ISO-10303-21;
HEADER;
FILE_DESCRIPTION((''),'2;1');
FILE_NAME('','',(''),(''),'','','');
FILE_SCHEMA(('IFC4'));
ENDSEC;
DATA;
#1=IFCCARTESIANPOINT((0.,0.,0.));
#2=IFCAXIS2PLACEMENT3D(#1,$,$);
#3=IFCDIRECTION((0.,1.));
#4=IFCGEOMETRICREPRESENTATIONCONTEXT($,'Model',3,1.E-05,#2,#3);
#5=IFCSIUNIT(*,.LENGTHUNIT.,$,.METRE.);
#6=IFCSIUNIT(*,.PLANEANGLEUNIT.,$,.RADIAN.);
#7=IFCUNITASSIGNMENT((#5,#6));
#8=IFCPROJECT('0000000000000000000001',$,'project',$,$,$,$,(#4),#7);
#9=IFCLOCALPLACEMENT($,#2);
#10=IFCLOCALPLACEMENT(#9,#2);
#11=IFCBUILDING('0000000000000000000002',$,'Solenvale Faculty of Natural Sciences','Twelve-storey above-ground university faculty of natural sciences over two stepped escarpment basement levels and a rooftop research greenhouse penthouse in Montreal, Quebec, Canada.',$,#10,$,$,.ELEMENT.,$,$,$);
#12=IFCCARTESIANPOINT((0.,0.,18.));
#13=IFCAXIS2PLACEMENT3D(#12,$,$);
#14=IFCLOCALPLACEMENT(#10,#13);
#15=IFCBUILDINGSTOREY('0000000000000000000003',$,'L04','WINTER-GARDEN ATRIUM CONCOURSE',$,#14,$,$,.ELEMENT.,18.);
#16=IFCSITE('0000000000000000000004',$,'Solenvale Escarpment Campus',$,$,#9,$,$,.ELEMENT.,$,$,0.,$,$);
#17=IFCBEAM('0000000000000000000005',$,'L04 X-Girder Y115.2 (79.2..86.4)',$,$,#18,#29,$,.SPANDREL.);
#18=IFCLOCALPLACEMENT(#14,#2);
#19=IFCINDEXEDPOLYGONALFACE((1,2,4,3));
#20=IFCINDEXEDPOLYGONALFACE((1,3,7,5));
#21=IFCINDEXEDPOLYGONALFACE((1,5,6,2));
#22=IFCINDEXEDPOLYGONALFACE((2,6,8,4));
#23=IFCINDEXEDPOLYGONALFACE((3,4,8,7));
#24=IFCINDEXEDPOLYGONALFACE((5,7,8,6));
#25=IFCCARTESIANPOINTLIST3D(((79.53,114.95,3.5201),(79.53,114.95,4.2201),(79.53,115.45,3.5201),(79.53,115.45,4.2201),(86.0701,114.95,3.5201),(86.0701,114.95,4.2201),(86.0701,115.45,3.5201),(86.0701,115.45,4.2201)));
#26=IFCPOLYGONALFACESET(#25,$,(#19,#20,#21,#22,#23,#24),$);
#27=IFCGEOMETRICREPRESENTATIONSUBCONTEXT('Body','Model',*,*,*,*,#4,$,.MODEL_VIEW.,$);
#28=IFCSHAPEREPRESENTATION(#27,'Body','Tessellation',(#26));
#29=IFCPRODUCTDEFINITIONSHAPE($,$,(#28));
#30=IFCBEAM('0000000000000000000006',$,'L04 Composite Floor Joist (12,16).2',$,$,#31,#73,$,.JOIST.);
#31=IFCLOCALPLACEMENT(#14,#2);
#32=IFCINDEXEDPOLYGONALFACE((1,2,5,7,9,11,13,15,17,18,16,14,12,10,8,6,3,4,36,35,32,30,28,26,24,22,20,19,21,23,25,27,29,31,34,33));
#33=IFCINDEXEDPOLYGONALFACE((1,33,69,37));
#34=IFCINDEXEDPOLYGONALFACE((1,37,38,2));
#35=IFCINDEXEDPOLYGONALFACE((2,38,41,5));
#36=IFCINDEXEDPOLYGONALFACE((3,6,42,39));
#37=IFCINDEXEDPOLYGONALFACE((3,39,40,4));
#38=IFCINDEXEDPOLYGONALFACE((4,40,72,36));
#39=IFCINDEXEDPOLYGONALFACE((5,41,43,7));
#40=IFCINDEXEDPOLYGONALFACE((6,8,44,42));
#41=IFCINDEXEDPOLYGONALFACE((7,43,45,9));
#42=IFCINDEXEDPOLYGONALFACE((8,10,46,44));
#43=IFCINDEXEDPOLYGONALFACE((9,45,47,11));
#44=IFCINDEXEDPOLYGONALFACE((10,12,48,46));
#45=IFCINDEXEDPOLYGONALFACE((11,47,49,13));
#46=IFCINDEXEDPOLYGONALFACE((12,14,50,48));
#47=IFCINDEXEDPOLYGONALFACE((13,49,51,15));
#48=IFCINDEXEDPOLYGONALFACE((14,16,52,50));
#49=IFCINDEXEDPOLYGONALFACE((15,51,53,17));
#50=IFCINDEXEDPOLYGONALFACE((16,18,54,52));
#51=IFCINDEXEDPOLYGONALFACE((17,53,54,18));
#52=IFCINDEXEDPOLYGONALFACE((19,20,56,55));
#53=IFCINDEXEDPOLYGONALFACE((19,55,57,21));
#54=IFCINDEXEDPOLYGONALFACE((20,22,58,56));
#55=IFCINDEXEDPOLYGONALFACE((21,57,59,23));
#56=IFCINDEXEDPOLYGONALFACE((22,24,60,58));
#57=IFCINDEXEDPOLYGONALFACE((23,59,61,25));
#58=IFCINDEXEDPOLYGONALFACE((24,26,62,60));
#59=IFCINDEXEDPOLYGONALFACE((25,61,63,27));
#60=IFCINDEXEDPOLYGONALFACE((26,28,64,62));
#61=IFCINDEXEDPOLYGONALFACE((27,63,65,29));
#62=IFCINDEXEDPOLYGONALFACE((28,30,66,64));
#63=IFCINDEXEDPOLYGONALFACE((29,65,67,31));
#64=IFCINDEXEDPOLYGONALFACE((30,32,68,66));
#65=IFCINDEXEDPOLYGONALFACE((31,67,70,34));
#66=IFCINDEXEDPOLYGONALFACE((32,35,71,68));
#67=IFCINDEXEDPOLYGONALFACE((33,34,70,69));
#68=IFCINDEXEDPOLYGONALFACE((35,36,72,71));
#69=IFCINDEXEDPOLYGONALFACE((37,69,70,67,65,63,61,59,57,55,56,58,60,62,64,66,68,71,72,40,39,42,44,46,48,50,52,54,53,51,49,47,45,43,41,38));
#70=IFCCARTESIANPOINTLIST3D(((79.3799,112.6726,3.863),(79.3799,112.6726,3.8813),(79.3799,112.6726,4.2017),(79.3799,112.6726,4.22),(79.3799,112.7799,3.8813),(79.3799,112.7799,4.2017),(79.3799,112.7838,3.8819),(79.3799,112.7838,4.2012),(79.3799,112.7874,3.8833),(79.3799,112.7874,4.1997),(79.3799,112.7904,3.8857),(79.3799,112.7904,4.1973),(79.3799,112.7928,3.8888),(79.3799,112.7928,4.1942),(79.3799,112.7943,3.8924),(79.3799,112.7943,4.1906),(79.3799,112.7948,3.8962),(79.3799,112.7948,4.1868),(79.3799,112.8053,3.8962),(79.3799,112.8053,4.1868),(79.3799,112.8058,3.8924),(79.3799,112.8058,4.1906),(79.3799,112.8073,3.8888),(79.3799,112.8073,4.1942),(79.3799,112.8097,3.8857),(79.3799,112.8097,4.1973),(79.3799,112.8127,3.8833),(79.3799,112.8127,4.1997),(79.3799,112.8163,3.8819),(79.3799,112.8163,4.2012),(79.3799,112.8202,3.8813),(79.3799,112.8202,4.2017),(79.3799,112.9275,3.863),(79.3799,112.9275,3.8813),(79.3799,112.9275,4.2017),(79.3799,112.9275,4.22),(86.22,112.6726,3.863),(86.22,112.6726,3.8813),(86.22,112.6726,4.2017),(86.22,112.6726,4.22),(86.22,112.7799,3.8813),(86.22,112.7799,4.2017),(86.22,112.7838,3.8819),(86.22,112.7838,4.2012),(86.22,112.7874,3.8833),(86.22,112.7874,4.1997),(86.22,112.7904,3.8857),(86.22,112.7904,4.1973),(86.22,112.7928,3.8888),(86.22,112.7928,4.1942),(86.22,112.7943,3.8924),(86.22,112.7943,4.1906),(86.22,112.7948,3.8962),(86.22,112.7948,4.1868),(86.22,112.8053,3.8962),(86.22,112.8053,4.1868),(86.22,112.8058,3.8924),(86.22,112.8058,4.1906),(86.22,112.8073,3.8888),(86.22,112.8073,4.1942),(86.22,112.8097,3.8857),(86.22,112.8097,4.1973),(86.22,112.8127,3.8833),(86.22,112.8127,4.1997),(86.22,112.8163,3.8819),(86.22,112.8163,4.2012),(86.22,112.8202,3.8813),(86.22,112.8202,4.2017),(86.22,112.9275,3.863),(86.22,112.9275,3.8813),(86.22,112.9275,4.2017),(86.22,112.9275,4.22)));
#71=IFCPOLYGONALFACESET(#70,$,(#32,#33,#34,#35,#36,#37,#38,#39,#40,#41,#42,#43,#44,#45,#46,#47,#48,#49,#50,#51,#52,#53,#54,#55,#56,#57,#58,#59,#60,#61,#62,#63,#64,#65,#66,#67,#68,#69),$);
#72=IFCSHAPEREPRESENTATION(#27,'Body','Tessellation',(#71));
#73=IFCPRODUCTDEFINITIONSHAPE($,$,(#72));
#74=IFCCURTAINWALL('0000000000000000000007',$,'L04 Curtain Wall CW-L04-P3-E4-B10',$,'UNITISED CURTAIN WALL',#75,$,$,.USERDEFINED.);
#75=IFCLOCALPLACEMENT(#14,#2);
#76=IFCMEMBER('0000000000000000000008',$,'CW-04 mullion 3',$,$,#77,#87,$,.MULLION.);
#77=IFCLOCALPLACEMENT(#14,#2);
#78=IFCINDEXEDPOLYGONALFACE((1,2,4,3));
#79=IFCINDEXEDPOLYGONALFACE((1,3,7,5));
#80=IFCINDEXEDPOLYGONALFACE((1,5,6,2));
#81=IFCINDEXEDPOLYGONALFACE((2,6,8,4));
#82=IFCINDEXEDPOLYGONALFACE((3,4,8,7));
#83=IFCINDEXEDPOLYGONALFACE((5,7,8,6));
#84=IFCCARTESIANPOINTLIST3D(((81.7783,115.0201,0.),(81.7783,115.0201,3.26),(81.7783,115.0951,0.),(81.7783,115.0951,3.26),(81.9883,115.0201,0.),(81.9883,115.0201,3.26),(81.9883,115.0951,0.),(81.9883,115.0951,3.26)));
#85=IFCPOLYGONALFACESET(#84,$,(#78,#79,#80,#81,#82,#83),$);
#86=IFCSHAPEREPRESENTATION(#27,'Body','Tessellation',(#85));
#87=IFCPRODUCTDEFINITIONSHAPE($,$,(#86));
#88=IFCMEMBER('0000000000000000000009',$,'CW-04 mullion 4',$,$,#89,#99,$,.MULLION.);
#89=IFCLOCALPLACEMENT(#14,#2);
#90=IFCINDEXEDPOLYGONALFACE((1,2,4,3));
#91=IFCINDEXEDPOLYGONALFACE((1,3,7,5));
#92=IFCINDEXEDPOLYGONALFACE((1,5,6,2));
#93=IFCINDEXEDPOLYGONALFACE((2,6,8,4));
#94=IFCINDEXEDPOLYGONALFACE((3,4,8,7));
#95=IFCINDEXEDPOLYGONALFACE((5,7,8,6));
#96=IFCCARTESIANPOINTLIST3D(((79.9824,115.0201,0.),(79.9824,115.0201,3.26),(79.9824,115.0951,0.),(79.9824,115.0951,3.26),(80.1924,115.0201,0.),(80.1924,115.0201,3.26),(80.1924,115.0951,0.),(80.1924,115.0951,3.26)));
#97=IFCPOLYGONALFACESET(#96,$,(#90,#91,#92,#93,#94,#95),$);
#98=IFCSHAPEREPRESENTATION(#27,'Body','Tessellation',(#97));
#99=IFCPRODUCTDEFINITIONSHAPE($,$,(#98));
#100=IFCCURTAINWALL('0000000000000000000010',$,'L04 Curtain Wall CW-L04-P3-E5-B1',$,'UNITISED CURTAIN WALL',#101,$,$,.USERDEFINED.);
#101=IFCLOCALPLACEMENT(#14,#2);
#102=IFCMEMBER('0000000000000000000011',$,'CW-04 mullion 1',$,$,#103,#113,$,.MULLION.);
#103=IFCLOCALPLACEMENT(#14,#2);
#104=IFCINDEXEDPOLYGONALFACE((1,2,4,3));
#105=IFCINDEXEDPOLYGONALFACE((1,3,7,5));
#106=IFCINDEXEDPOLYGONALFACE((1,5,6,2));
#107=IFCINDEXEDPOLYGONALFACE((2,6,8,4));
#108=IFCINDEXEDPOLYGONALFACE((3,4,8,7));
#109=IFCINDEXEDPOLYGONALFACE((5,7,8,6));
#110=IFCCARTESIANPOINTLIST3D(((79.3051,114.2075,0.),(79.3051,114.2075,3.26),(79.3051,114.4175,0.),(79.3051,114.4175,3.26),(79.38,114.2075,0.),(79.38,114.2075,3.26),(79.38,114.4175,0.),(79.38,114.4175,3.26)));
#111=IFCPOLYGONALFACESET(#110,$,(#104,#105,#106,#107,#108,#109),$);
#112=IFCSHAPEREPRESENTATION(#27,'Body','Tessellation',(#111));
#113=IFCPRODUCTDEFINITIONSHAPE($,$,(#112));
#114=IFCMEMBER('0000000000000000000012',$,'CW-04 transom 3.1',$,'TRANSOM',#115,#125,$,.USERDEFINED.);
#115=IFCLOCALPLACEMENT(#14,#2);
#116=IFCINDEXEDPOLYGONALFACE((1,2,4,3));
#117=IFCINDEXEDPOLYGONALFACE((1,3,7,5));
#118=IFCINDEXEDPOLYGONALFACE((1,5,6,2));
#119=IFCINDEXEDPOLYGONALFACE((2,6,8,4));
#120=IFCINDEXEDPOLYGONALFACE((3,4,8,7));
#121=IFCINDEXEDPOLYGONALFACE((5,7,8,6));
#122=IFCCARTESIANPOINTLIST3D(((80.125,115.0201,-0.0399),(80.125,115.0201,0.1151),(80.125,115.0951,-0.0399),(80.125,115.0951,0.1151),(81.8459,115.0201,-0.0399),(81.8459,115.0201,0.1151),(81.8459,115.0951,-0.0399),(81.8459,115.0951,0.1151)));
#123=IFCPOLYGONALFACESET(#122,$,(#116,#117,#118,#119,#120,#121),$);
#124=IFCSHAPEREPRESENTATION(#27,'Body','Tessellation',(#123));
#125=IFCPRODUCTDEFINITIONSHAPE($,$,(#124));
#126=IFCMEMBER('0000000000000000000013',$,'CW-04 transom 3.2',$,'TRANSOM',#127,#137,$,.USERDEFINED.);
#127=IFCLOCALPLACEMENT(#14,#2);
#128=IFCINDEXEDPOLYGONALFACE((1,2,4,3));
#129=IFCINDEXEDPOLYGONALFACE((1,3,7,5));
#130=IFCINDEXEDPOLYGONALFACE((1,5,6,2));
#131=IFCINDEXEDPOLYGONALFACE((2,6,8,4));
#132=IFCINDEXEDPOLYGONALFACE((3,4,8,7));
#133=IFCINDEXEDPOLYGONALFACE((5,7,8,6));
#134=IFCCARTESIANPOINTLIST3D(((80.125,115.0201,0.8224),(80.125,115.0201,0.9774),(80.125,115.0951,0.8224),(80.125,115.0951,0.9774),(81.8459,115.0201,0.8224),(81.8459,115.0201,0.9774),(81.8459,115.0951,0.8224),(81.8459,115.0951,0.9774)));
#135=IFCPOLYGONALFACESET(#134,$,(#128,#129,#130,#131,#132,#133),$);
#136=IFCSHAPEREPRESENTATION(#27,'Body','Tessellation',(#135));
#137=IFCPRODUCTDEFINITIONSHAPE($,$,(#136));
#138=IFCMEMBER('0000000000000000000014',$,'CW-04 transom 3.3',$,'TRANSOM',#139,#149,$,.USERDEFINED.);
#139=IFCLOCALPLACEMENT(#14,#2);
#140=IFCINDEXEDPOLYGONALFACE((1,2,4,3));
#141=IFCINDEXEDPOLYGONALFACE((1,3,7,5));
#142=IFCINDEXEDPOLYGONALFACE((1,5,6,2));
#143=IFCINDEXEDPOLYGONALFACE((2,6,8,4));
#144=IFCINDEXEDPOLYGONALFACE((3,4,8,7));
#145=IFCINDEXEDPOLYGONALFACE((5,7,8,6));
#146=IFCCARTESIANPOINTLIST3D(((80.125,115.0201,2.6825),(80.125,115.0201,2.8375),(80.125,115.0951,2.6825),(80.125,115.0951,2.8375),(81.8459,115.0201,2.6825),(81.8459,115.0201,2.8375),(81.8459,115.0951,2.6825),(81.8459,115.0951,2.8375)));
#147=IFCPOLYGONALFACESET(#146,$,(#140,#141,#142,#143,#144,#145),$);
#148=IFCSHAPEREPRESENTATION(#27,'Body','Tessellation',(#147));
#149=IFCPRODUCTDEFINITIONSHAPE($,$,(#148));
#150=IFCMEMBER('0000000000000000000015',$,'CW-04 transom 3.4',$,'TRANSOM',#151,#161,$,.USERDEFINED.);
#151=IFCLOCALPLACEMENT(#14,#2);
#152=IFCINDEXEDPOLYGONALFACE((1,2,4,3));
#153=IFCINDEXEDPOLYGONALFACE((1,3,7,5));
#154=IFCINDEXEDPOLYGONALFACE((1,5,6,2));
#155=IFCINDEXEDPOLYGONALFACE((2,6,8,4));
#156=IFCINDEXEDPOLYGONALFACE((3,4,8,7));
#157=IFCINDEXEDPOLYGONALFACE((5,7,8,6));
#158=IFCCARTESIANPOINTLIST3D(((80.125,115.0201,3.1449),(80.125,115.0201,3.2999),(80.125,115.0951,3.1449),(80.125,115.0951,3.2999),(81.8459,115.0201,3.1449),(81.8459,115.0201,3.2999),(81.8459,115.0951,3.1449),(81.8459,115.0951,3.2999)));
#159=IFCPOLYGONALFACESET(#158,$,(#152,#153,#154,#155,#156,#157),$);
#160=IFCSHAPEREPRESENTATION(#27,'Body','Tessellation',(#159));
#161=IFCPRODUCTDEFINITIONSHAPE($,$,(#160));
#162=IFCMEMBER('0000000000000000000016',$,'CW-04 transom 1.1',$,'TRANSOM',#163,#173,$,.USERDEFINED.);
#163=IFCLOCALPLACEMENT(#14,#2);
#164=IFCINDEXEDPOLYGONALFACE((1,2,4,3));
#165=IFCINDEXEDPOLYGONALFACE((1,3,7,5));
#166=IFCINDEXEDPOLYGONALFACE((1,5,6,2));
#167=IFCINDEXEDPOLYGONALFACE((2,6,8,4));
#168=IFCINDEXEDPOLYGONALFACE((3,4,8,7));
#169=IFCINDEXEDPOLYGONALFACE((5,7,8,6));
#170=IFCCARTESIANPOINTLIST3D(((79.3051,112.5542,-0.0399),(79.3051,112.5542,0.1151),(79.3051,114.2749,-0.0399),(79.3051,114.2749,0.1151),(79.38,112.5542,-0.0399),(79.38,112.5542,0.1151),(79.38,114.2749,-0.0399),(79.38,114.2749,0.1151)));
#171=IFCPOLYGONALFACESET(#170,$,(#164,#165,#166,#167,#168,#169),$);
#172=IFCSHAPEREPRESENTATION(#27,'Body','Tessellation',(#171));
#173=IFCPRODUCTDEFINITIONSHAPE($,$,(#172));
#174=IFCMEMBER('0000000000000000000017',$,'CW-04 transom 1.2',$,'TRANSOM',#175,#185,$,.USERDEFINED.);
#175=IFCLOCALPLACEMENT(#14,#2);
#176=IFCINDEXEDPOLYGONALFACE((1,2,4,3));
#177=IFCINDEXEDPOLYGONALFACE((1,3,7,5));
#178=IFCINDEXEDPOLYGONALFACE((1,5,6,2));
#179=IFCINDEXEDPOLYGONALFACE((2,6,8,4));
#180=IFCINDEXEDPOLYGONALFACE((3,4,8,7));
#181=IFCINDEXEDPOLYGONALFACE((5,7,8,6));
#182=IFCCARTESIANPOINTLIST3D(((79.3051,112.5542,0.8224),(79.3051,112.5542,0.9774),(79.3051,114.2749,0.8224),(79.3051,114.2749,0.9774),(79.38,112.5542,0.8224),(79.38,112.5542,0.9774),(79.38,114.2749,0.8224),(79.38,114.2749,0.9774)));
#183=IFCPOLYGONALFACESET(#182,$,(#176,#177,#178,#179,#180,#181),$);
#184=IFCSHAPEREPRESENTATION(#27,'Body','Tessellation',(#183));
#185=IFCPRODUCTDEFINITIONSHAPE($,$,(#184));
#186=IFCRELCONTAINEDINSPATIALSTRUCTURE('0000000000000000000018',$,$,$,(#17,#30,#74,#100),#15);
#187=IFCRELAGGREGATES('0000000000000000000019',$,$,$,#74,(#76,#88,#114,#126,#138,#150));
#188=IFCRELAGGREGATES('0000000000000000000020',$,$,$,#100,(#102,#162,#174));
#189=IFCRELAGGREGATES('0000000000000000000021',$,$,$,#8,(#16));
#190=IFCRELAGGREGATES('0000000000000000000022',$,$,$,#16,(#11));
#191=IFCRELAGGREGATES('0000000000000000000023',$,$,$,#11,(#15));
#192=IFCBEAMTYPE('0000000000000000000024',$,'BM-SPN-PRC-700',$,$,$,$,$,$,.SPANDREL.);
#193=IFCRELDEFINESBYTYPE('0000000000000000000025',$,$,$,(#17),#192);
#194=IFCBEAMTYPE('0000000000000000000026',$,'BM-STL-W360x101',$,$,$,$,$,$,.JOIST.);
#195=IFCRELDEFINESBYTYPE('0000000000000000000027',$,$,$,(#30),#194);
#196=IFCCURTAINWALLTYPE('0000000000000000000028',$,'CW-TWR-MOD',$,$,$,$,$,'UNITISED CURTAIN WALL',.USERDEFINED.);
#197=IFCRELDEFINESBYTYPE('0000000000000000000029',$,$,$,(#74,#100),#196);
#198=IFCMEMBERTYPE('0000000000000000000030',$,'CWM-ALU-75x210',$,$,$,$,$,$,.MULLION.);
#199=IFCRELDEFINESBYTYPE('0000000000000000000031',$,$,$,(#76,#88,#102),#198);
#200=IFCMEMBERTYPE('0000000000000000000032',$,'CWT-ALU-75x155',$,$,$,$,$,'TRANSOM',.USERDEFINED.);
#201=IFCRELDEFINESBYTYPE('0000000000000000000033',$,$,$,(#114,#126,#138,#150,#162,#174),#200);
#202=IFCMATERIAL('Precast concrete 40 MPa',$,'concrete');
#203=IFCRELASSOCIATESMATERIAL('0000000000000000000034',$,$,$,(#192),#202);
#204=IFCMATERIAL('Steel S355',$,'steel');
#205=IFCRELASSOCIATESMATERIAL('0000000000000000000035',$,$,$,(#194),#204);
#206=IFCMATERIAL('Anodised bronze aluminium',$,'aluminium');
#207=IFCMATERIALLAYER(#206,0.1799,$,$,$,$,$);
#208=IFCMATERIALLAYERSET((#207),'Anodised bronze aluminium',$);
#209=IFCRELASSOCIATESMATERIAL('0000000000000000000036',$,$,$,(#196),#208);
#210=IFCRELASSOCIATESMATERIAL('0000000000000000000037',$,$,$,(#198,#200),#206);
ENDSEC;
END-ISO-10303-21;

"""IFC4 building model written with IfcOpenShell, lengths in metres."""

from ifc_helpers import new_model, si_unit, direction, frame, origin, origin_2d, place, context, subcontext, project, spatial, rectangle, i_section, extrude, material, layer, layer_set, material_profile, profile_set, type_object, element, aggregate, save


model = new_model("IFC4")

# Units and contexts
model_context = context("Model", 3, precision=1e-05, world=origin(), true_north=direction((0.0, 1.0)))
body_context = subcontext(model_context, "Body", "Model", "MODEL_VIEW")
ifc_project = project(units=[si_unit("LENGTHUNIT", "METRE"), si_unit("PLANEANGLEUNIT", "RADIAN")], contexts=[model_context])

# Site, building, storey
site_placement = place(None, origin())
site = spatial("IfcSite", under=ifc_project, at=site_placement, Name="Solenvale Escarpment Campus", CompositionType="ELEMENT", RefElevation=0.0)
building_placement = place(site_placement, origin())
building = spatial("IfcBuilding", under=site, at=building_placement, Name="Solenvale Faculty of Natural Sciences", Description="Twelve-storey above-ground university faculty of natural sciences over two stepped escarpment basement levels and a rooftop research greenhouse penthouse in Montreal, Quebec, Canada.", CompositionType="ELEMENT")
storey_placement = place(building_placement, frame((0.0, 0.0, 18.0)))
storey = spatial("IfcBuildingStorey", under=building, at=storey_placement, Name="L04", Description="WINTER-GARDEN ATRIUM CONCOURSE", CompositionType="ELEMENT", Elevation=18.0)

# Beams
ifc_material_1 = material(Name="Precast concrete 40 MPa", Category="concrete")
ifc_material_profile_1 = material_profile(ifc_material_1, rectangle(XDim=0.5, YDim=0.7, at=origin_2d()), Name="RC-BM-500x700")
ifc_profile_set_1 = profile_set([ifc_material_profile_1], Name="Precast concrete 40 MPa")
beam_type_1 = type_object("IfcBeamType", Name="BM-SPN-PRC-700", PredefinedType="SPANDREL", material=ifc_profile_set_1)
beam_1_placement = place(storey_placement, frame((79.53, 115.2, 3.8701), z_axis=(1.0, 0.0, 0.0), x_axis=(0.0, 1.0, 0.0)))
element("IfcBeam", 1, at=beam_1_placement, inside=storey, type_object=beam_type_1, Name="L04 X-Girder Y115.2 (79.2..86.4)", PredefinedType="SPANDREL", context=body_context, shape_type="SweptSolid", body=[
    extrude(rectangle(XDim=0.5, YDim=0.7, at=origin_2d()), origin(), (0.0, 0.0, 1.0), 6.54),
])
ifc_material_2 = material(Name="Steel S355", Category="steel")
ifc_material_profile_2 = material_profile(ifc_material_2, i_section(OverallWidth=0.2549, OverallDepth=0.3569, WebThickness=0.0105, FlangeThickness=0.0183, FilletRadius=0.0149, at=origin_2d()), Name="W360x101")
ifc_profile_set_2 = profile_set([ifc_material_profile_2], Name="Steel S355")
beam_type_2 = type_object("IfcBeamType", Name="BM-STL-W360x101", PredefinedType="JOIST", material=ifc_profile_set_2)
beam_2_placement = place(storey_placement, frame((79.3799, 112.8, 4.0415), z_axis=(1.0, 0.0, 0.0), x_axis=(0.0, 1.0, 0.0)))
element("IfcBeam", 2, at=beam_2_placement, inside=storey, type_object=beam_type_2, Name="L04 Composite Floor Joist (12,16).2", PredefinedType="JOIST", context=body_context, shape_type="SweptSolid", body=[
    extrude(i_section(OverallWidth=0.2549, OverallDepth=0.3569, WebThickness=0.0105, FlangeThickness=0.0183, FilletRadius=0.0149, at=origin_2d()), origin(), (0.0, 0.0, 1.0), 6.8401),
])

# Curtain wall, members
ifc_material_3 = material(Name="Anodised bronze aluminium", Category="aluminium")
ifc_layer_1 = layer(ifc_material_3, 0.1799)
ifc_layer_set_1 = layer_set([ifc_layer_1], Name="Anodised bronze aluminium")
curtain_wall_type = type_object("IfcCurtainWallType", Name="CW-TWR-MOD", ElementType="UNITISED CURTAIN WALL", PredefinedType="USERDEFINED", material=ifc_layer_set_1)
curtain_wall_1_placement = place(storey_placement, origin())
curtain_wall_1 = element("IfcCurtainWall", 3, at=curtain_wall_1_placement, inside=storey, type_object=curtain_wall_type, Name="L04 Curtain Wall CW-L04-P3-E4-B10", ObjectType="UNITISED CURTAIN WALL", PredefinedType="USERDEFINED")
ifc_material_profile_3 = material_profile(ifc_material_3, rectangle(XDim=0.075, YDim=0.21, at=origin_2d()), Name="ALU-MUL-75x210")
ifc_profile_set_3 = profile_set([ifc_material_profile_3], Name="Anodised bronze aluminium")
member_type_1 = type_object("IfcMemberType", Name="CWM-ALU-75x210", PredefinedType="MULLION", material=ifc_profile_set_3)
member_1_placement = place(storey_placement, frame((81.8833, 115.0576, 0.0), z_axis=(0.0, 0.0, 1.0), x_axis=(0.0, -1.0, 0.0)))
member_1 = element("IfcMember", 4, at=member_1_placement, type_object=member_type_1, Name="CW-04 mullion 3", PredefinedType="MULLION", context=body_context, shape_type="SweptSolid", body=[
    extrude(rectangle(XDim=0.075, YDim=0.21, at=origin_2d()), origin(), (0.0, 0.0, 1.0), 3.26),
])
member_2_placement = place(storey_placement, frame((80.0874, 115.0576, 0.0), z_axis=(0.0, 0.0, 1.0), x_axis=(0.0, -1.0, 0.0)))
member_2 = element("IfcMember", 5, at=member_2_placement, type_object=member_type_1, Name="CW-04 mullion 4", PredefinedType="MULLION", context=body_context, shape_type="SweptSolid", body=[
    extrude(rectangle(XDim=0.075, YDim=0.21, at=origin_2d()), origin(), (0.0, 0.0, 1.0), 3.26),
])

# Curtain wall, member
curtain_wall_2_placement = place(storey_placement, origin())
curtain_wall_2 = element("IfcCurtainWall", 6, at=curtain_wall_2_placement, inside=storey, type_object=curtain_wall_type, Name="L04 Curtain Wall CW-L04-P3-E5-B1", ObjectType="UNITISED CURTAIN WALL", PredefinedType="USERDEFINED")
member_3_placement = place(storey_placement, frame((79.3425, 114.3125, 0.0), z_axis=(0.0, 0.0, 1.0), x_axis=(1.0, 0.0, 0.0)))
member_3 = element("IfcMember", 7, at=member_3_placement, type_object=member_type_1, Name="CW-04 mullion 1", PredefinedType="MULLION", context=body_context, shape_type="SweptSolid", body=[
    extrude(rectangle(XDim=0.075, YDim=0.21, at=origin_2d()), origin(), (0.0, 0.0, 1.0), 3.26),
])

# Members
ifc_material_profile_4 = material_profile(ifc_material_3, rectangle(XDim=0.075, YDim=0.155, at=origin_2d()), Name="ALU-TRN-75x155")
ifc_profile_set_4 = profile_set([ifc_material_profile_4], Name="Anodised bronze aluminium")
member_type_2 = type_object("IfcMemberType", Name="CWT-ALU-75x155", ElementType="TRANSOM", PredefinedType="USERDEFINED", material=ifc_profile_set_4)
member_4_placement = place(storey_placement, frame((81.8459, 115.0576, 0.0376), z_axis=(-1.0, 0.0, 0.0), x_axis=(0.0, -1.0, 0.0)))
member_4 = element("IfcMember", 8, at=member_4_placement, type_object=member_type_2, Name="CW-04 transom 3.1", ObjectType="TRANSOM", PredefinedType="USERDEFINED", context=body_context, shape_type="SweptSolid", body=[
    extrude(rectangle(XDim=0.075, YDim=0.155, at=origin_2d()), origin(), (0.0, 0.0, 1.0), 1.7209),
])
member_5_placement = place(storey_placement, frame((81.8459, 115.0576, 0.8999), z_axis=(-1.0, 0.0, 0.0), x_axis=(0.0, -1.0, 0.0)))
member_5 = element("IfcMember", 9, at=member_5_placement, type_object=member_type_2, Name="CW-04 transom 3.2", ObjectType="TRANSOM", PredefinedType="USERDEFINED", context=body_context, shape_type="SweptSolid", body=[
    extrude(rectangle(XDim=0.075, YDim=0.155, at=origin_2d()), origin(), (0.0, 0.0, 1.0), 1.7209),
])
member_6_placement = place(storey_placement, frame((81.8459, 115.0576, 2.76), z_axis=(-1.0, 0.0, 0.0), x_axis=(0.0, -1.0, 0.0)))
member_6 = element("IfcMember", 10, at=member_6_placement, type_object=member_type_2, Name="CW-04 transom 3.3", ObjectType="TRANSOM", PredefinedType="USERDEFINED", context=body_context, shape_type="SweptSolid", body=[
    extrude(rectangle(XDim=0.075, YDim=0.155, at=origin_2d()), origin(), (0.0, 0.0, 1.0), 1.7209),
])
member_7_placement = place(storey_placement, frame((81.8459, 115.0576, 3.2224), z_axis=(-1.0, 0.0, 0.0), x_axis=(0.0, -1.0, 0.0)))
member_7 = element("IfcMember", 11, at=member_7_placement, type_object=member_type_2, Name="CW-04 transom 3.4", ObjectType="TRANSOM", PredefinedType="USERDEFINED", context=body_context, shape_type="SweptSolid", body=[
    extrude(rectangle(XDim=0.075, YDim=0.155, at=origin_2d()), origin(), (0.0, 0.0, 1.0), 1.7209),
])
member_8_placement = place(storey_placement, frame((79.3425, 114.2749, 0.0376), z_axis=(0.0, -1.0, 0.0), x_axis=(1.0, 0.0, 0.0)))
member_8 = element("IfcMember", 12, at=member_8_placement, type_object=member_type_2, Name="CW-04 transom 1.1", ObjectType="TRANSOM", PredefinedType="USERDEFINED", context=body_context, shape_type="SweptSolid", body=[
    extrude(rectangle(XDim=0.075, YDim=0.155, at=origin_2d()), origin(), (0.0, 0.0, 1.0), 1.7207),
])
member_9_placement = place(storey_placement, frame((79.3425, 114.2749, 0.8999), z_axis=(0.0, -1.0, 0.0), x_axis=(1.0, 0.0, 0.0)))
member_9 = element("IfcMember", 13, at=member_9_placement, type_object=member_type_2, Name="CW-04 transom 1.2", ObjectType="TRANSOM", PredefinedType="USERDEFINED", context=body_context, shape_type="SweptSolid", body=[
    extrude(rectangle(XDim=0.075, YDim=0.155, at=origin_2d()), origin(), (0.0, 0.0, 1.0), 1.7207),
])

aggregate(curtain_wall_1, [member_1, member_2, member_4, member_5, member_6, member_7])
aggregate(curtain_wall_2, [member_3, member_8, member_9])

save(model, "model.ifc")
